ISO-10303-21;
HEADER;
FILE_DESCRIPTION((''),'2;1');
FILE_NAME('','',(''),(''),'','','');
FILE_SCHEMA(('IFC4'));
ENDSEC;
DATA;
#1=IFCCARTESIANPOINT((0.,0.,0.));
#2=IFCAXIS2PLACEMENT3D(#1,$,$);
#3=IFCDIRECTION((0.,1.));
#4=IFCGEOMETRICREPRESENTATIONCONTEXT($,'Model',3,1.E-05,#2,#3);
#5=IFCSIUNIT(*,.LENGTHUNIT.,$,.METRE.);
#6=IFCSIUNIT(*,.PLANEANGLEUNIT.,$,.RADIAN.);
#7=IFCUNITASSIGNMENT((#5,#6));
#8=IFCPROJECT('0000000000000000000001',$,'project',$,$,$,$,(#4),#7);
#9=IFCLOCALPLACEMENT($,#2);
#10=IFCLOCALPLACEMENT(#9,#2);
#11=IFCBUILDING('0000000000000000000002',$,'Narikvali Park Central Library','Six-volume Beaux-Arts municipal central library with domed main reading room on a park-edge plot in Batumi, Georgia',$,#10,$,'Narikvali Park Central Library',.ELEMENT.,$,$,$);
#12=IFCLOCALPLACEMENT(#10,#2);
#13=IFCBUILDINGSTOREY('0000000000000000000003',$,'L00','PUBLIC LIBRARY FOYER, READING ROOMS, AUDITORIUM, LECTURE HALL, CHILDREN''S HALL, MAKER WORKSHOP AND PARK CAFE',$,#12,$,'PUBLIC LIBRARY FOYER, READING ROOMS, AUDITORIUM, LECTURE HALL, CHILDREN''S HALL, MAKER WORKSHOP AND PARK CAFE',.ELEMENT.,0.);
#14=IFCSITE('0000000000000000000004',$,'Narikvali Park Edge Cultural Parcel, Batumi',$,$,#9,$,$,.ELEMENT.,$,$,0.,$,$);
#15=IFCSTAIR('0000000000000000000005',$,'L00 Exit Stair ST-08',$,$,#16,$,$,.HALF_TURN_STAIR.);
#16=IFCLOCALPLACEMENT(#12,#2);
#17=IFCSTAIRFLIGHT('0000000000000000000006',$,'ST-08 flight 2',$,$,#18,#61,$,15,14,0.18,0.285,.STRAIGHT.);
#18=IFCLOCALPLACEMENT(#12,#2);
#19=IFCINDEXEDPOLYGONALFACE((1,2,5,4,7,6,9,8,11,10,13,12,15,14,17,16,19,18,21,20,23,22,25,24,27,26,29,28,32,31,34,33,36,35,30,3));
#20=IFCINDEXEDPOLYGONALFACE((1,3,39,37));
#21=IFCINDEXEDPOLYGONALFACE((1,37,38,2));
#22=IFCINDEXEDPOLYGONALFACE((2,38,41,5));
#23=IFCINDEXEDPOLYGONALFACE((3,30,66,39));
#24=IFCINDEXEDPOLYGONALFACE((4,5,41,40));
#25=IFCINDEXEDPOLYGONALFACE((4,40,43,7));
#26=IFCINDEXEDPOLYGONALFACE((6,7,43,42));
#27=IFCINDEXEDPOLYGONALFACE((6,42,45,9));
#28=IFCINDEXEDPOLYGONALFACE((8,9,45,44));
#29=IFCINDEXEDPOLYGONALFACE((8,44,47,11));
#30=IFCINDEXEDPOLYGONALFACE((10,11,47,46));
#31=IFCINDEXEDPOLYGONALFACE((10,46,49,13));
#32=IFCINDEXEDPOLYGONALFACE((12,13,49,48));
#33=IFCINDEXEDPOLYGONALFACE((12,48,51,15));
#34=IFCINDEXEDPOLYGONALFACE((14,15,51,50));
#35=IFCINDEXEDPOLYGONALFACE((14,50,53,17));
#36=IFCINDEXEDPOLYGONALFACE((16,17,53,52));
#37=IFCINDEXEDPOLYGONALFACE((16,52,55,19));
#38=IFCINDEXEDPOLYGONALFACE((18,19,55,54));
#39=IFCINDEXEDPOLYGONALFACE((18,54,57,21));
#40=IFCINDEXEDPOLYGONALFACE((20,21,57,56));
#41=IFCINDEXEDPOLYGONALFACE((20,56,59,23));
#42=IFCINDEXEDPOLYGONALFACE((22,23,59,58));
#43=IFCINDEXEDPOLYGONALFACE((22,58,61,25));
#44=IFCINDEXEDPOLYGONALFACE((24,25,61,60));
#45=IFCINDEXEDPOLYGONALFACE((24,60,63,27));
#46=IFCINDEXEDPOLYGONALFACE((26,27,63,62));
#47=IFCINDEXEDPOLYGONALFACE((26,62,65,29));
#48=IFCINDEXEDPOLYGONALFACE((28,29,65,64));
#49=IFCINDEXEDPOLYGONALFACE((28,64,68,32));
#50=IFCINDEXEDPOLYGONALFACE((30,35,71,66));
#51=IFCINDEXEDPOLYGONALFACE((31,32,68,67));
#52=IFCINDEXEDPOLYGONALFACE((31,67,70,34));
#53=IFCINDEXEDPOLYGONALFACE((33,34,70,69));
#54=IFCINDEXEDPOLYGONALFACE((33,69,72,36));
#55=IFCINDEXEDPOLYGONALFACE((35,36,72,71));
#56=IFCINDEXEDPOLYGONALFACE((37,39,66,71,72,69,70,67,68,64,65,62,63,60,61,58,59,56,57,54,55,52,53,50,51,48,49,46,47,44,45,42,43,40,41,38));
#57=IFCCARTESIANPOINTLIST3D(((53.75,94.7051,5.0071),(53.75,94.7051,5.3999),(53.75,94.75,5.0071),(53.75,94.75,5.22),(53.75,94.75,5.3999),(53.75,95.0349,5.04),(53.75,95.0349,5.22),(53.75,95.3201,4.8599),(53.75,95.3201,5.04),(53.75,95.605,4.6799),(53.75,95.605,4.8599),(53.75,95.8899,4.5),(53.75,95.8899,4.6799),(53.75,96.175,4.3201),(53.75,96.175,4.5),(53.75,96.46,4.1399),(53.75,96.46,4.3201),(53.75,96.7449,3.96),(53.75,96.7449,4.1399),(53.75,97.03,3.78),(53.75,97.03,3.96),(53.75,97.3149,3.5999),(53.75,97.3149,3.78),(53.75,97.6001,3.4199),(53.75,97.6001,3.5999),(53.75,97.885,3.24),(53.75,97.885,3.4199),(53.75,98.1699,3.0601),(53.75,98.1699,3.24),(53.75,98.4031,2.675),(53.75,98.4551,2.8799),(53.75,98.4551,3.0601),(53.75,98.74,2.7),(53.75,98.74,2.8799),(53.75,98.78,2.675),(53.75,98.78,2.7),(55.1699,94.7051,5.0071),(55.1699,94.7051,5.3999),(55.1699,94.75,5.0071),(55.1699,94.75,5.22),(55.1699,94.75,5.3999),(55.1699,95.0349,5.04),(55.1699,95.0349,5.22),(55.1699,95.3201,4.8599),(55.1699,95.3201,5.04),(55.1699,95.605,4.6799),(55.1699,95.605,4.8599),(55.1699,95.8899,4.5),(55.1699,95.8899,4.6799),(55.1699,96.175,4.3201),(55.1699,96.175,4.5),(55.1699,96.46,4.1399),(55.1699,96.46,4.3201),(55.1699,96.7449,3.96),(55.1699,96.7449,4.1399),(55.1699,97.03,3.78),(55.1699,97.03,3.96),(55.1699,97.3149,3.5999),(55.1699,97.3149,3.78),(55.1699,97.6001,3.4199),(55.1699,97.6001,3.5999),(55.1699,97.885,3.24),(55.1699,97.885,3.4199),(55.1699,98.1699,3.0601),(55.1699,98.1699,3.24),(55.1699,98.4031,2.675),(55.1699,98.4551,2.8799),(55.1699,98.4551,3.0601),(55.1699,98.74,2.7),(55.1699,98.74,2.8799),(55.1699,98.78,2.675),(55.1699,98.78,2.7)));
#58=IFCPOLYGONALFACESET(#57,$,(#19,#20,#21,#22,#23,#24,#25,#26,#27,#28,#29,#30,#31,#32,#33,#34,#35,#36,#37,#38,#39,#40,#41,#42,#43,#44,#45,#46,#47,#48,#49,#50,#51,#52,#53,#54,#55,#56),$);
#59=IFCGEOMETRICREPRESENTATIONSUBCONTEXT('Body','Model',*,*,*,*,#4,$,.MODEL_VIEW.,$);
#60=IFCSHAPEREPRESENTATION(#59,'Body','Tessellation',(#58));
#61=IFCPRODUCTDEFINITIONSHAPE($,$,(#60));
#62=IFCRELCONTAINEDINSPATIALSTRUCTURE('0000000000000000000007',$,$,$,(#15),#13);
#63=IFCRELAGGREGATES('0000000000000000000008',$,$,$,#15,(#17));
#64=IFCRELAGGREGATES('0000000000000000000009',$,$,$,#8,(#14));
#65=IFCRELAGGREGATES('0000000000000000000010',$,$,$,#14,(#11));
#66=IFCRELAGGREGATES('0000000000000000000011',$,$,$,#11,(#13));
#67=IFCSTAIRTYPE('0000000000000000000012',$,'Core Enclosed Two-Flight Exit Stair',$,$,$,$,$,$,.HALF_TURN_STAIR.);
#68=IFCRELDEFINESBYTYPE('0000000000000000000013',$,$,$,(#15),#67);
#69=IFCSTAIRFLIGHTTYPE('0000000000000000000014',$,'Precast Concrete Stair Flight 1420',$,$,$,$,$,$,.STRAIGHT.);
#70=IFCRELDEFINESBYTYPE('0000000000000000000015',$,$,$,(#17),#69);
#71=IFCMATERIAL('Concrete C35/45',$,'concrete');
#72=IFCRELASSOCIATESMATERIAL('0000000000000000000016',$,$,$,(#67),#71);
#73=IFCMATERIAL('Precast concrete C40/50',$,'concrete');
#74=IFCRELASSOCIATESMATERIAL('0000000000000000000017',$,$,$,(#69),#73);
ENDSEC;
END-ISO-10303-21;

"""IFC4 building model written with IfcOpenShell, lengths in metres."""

from ifc_helpers import new_model, si_unit, direction, frame, origin, place, context, subcontext, project, spatial, polyline, outline, extrude, material, type_object, element, aggregate, save


model = new_model("IFC4")

# Units and contexts
model_context = context("Model", 3, precision=1e-05, world=origin(), true_north=direction((0.0, 1.0)))
body_context = subcontext(model_context, "Body", "Model", "MODEL_VIEW")
ifc_project = project(units=[si_unit("LENGTHUNIT", "METRE"), si_unit("PLANEANGLEUNIT", "RADIAN")], contexts=[model_context])

# Site, building, storey
site_placement = place(None, origin())
site = spatial("IfcSite", under=ifc_project, at=site_placement, Name="Narikvali Park Edge Cultural Parcel, Batumi", CompositionType="ELEMENT", RefElevation=0.0)
building_placement = place(site_placement, origin())
building = spatial("IfcBuilding", under=site, at=building_placement, Name="Narikvali Park Central Library", Description="Six-volume Beaux-Arts municipal central library with domed main reading room on a park-edge plot in Batumi, Georgia", LongName="Narikvali Park Central Library", CompositionType="ELEMENT")
storey_placement = place(building_placement, origin())
storey = spatial("IfcBuildingStorey", under=building, at=storey_placement, Name="L00", Description="PUBLIC LIBRARY FOYER, READING ROOMS, AUDITORIUM, LECTURE HALL, CHILDREN'S HALL, MAKER WORKSHOP AND PARK CAFE", LongName="PUBLIC LIBRARY FOYER, READING ROOMS, AUDITORIUM, LECTURE HALL, CHILDREN'S HALL, MAKER WORKSHOP AND PARK CAFE", CompositionType="ELEMENT", Elevation=0.0)

# Stair, stair flight
ifc_material_1 = material(Name="Concrete C35/45", Category="concrete")
stair_type = type_object("IfcStairType", Name="Core Enclosed Two-Flight Exit Stair", PredefinedType="HALF_TURN_STAIR", material=ifc_material_1)
stair_placement = place(storey_placement, origin())
stair = element("IfcStair", 1, at=stair_placement, inside=storey, type_object=stair_type, Name="L00 Exit Stair ST-08", PredefinedType="HALF_TURN_STAIR")
ifc_material_2 = material(Name="Precast concrete C40/50", Category="concrete")
stair_flight_type = type_object("IfcStairFlightType", Name="Precast Concrete Stair Flight 1420", PredefinedType="STRAIGHT", material=ifc_material_2)
stair_flight_1_placement = place(storey_placement, frame((54.46, 98.74, 2.7), z_axis=(0.0, 0.0, 1.0), x_axis=(0.0, -1.0, 0.0)))
stair_flight_1 = element("IfcStairFlight", 2, at=stair_flight_1_placement, type_object=stair_flight_type, Name="ST-08 flight 2", NumberOfRisers=15, NumberOfTreads=14, PredefinedType="STRAIGHT", RiserHeight=0.18, TreadLength=0.285, context=body_context, shape_type="SweptSolid", body=[
    extrude(outline(polyline([(-0.04, -0.0249), (-0.04, 0.0), (0.0, 0.0), (0.0, 0.1799), (0.2849, 0.1799), (0.2849, 0.3601), (0.5701, 0.3601), (0.5701, 0.54), (0.855, 0.54), (0.855, 0.72), (1.1399, 0.72), (1.1399, 0.8999), (1.425, 0.8999), (1.425, 1.0801), (1.71, 1.0801), (1.71, 1.26), (1.9951, 1.26), (1.9951, 1.4399), (2.28, 1.4399), (2.28, 1.6201), (2.5649, 1.6201), (2.5649, 1.8), (2.8501, 1.8), (2.8501, 1.98), (3.135, 1.98), (3.135, 2.1599), (3.4199, 2.1599), (3.4199, 2.3401), (3.7051, 2.3401), (3.7051, 2.52), (3.99, 2.52), (3.99, 2.7), (4.0349, 2.7), (4.0349, 2.3071), (3.99, 2.3071), (0.3369, -0.0249), (-0.04, -0.0249)])), frame((0.0, 0.71, 0.0), z_axis=(0.0, -1.0, 0.0), x_axis=(1.0, 0.0, 0.0)), (0.0, 0.0, 1.0), 1.4199),
])
aggregate(stair, [stair_flight_1])

save(model, "model.ifc")
